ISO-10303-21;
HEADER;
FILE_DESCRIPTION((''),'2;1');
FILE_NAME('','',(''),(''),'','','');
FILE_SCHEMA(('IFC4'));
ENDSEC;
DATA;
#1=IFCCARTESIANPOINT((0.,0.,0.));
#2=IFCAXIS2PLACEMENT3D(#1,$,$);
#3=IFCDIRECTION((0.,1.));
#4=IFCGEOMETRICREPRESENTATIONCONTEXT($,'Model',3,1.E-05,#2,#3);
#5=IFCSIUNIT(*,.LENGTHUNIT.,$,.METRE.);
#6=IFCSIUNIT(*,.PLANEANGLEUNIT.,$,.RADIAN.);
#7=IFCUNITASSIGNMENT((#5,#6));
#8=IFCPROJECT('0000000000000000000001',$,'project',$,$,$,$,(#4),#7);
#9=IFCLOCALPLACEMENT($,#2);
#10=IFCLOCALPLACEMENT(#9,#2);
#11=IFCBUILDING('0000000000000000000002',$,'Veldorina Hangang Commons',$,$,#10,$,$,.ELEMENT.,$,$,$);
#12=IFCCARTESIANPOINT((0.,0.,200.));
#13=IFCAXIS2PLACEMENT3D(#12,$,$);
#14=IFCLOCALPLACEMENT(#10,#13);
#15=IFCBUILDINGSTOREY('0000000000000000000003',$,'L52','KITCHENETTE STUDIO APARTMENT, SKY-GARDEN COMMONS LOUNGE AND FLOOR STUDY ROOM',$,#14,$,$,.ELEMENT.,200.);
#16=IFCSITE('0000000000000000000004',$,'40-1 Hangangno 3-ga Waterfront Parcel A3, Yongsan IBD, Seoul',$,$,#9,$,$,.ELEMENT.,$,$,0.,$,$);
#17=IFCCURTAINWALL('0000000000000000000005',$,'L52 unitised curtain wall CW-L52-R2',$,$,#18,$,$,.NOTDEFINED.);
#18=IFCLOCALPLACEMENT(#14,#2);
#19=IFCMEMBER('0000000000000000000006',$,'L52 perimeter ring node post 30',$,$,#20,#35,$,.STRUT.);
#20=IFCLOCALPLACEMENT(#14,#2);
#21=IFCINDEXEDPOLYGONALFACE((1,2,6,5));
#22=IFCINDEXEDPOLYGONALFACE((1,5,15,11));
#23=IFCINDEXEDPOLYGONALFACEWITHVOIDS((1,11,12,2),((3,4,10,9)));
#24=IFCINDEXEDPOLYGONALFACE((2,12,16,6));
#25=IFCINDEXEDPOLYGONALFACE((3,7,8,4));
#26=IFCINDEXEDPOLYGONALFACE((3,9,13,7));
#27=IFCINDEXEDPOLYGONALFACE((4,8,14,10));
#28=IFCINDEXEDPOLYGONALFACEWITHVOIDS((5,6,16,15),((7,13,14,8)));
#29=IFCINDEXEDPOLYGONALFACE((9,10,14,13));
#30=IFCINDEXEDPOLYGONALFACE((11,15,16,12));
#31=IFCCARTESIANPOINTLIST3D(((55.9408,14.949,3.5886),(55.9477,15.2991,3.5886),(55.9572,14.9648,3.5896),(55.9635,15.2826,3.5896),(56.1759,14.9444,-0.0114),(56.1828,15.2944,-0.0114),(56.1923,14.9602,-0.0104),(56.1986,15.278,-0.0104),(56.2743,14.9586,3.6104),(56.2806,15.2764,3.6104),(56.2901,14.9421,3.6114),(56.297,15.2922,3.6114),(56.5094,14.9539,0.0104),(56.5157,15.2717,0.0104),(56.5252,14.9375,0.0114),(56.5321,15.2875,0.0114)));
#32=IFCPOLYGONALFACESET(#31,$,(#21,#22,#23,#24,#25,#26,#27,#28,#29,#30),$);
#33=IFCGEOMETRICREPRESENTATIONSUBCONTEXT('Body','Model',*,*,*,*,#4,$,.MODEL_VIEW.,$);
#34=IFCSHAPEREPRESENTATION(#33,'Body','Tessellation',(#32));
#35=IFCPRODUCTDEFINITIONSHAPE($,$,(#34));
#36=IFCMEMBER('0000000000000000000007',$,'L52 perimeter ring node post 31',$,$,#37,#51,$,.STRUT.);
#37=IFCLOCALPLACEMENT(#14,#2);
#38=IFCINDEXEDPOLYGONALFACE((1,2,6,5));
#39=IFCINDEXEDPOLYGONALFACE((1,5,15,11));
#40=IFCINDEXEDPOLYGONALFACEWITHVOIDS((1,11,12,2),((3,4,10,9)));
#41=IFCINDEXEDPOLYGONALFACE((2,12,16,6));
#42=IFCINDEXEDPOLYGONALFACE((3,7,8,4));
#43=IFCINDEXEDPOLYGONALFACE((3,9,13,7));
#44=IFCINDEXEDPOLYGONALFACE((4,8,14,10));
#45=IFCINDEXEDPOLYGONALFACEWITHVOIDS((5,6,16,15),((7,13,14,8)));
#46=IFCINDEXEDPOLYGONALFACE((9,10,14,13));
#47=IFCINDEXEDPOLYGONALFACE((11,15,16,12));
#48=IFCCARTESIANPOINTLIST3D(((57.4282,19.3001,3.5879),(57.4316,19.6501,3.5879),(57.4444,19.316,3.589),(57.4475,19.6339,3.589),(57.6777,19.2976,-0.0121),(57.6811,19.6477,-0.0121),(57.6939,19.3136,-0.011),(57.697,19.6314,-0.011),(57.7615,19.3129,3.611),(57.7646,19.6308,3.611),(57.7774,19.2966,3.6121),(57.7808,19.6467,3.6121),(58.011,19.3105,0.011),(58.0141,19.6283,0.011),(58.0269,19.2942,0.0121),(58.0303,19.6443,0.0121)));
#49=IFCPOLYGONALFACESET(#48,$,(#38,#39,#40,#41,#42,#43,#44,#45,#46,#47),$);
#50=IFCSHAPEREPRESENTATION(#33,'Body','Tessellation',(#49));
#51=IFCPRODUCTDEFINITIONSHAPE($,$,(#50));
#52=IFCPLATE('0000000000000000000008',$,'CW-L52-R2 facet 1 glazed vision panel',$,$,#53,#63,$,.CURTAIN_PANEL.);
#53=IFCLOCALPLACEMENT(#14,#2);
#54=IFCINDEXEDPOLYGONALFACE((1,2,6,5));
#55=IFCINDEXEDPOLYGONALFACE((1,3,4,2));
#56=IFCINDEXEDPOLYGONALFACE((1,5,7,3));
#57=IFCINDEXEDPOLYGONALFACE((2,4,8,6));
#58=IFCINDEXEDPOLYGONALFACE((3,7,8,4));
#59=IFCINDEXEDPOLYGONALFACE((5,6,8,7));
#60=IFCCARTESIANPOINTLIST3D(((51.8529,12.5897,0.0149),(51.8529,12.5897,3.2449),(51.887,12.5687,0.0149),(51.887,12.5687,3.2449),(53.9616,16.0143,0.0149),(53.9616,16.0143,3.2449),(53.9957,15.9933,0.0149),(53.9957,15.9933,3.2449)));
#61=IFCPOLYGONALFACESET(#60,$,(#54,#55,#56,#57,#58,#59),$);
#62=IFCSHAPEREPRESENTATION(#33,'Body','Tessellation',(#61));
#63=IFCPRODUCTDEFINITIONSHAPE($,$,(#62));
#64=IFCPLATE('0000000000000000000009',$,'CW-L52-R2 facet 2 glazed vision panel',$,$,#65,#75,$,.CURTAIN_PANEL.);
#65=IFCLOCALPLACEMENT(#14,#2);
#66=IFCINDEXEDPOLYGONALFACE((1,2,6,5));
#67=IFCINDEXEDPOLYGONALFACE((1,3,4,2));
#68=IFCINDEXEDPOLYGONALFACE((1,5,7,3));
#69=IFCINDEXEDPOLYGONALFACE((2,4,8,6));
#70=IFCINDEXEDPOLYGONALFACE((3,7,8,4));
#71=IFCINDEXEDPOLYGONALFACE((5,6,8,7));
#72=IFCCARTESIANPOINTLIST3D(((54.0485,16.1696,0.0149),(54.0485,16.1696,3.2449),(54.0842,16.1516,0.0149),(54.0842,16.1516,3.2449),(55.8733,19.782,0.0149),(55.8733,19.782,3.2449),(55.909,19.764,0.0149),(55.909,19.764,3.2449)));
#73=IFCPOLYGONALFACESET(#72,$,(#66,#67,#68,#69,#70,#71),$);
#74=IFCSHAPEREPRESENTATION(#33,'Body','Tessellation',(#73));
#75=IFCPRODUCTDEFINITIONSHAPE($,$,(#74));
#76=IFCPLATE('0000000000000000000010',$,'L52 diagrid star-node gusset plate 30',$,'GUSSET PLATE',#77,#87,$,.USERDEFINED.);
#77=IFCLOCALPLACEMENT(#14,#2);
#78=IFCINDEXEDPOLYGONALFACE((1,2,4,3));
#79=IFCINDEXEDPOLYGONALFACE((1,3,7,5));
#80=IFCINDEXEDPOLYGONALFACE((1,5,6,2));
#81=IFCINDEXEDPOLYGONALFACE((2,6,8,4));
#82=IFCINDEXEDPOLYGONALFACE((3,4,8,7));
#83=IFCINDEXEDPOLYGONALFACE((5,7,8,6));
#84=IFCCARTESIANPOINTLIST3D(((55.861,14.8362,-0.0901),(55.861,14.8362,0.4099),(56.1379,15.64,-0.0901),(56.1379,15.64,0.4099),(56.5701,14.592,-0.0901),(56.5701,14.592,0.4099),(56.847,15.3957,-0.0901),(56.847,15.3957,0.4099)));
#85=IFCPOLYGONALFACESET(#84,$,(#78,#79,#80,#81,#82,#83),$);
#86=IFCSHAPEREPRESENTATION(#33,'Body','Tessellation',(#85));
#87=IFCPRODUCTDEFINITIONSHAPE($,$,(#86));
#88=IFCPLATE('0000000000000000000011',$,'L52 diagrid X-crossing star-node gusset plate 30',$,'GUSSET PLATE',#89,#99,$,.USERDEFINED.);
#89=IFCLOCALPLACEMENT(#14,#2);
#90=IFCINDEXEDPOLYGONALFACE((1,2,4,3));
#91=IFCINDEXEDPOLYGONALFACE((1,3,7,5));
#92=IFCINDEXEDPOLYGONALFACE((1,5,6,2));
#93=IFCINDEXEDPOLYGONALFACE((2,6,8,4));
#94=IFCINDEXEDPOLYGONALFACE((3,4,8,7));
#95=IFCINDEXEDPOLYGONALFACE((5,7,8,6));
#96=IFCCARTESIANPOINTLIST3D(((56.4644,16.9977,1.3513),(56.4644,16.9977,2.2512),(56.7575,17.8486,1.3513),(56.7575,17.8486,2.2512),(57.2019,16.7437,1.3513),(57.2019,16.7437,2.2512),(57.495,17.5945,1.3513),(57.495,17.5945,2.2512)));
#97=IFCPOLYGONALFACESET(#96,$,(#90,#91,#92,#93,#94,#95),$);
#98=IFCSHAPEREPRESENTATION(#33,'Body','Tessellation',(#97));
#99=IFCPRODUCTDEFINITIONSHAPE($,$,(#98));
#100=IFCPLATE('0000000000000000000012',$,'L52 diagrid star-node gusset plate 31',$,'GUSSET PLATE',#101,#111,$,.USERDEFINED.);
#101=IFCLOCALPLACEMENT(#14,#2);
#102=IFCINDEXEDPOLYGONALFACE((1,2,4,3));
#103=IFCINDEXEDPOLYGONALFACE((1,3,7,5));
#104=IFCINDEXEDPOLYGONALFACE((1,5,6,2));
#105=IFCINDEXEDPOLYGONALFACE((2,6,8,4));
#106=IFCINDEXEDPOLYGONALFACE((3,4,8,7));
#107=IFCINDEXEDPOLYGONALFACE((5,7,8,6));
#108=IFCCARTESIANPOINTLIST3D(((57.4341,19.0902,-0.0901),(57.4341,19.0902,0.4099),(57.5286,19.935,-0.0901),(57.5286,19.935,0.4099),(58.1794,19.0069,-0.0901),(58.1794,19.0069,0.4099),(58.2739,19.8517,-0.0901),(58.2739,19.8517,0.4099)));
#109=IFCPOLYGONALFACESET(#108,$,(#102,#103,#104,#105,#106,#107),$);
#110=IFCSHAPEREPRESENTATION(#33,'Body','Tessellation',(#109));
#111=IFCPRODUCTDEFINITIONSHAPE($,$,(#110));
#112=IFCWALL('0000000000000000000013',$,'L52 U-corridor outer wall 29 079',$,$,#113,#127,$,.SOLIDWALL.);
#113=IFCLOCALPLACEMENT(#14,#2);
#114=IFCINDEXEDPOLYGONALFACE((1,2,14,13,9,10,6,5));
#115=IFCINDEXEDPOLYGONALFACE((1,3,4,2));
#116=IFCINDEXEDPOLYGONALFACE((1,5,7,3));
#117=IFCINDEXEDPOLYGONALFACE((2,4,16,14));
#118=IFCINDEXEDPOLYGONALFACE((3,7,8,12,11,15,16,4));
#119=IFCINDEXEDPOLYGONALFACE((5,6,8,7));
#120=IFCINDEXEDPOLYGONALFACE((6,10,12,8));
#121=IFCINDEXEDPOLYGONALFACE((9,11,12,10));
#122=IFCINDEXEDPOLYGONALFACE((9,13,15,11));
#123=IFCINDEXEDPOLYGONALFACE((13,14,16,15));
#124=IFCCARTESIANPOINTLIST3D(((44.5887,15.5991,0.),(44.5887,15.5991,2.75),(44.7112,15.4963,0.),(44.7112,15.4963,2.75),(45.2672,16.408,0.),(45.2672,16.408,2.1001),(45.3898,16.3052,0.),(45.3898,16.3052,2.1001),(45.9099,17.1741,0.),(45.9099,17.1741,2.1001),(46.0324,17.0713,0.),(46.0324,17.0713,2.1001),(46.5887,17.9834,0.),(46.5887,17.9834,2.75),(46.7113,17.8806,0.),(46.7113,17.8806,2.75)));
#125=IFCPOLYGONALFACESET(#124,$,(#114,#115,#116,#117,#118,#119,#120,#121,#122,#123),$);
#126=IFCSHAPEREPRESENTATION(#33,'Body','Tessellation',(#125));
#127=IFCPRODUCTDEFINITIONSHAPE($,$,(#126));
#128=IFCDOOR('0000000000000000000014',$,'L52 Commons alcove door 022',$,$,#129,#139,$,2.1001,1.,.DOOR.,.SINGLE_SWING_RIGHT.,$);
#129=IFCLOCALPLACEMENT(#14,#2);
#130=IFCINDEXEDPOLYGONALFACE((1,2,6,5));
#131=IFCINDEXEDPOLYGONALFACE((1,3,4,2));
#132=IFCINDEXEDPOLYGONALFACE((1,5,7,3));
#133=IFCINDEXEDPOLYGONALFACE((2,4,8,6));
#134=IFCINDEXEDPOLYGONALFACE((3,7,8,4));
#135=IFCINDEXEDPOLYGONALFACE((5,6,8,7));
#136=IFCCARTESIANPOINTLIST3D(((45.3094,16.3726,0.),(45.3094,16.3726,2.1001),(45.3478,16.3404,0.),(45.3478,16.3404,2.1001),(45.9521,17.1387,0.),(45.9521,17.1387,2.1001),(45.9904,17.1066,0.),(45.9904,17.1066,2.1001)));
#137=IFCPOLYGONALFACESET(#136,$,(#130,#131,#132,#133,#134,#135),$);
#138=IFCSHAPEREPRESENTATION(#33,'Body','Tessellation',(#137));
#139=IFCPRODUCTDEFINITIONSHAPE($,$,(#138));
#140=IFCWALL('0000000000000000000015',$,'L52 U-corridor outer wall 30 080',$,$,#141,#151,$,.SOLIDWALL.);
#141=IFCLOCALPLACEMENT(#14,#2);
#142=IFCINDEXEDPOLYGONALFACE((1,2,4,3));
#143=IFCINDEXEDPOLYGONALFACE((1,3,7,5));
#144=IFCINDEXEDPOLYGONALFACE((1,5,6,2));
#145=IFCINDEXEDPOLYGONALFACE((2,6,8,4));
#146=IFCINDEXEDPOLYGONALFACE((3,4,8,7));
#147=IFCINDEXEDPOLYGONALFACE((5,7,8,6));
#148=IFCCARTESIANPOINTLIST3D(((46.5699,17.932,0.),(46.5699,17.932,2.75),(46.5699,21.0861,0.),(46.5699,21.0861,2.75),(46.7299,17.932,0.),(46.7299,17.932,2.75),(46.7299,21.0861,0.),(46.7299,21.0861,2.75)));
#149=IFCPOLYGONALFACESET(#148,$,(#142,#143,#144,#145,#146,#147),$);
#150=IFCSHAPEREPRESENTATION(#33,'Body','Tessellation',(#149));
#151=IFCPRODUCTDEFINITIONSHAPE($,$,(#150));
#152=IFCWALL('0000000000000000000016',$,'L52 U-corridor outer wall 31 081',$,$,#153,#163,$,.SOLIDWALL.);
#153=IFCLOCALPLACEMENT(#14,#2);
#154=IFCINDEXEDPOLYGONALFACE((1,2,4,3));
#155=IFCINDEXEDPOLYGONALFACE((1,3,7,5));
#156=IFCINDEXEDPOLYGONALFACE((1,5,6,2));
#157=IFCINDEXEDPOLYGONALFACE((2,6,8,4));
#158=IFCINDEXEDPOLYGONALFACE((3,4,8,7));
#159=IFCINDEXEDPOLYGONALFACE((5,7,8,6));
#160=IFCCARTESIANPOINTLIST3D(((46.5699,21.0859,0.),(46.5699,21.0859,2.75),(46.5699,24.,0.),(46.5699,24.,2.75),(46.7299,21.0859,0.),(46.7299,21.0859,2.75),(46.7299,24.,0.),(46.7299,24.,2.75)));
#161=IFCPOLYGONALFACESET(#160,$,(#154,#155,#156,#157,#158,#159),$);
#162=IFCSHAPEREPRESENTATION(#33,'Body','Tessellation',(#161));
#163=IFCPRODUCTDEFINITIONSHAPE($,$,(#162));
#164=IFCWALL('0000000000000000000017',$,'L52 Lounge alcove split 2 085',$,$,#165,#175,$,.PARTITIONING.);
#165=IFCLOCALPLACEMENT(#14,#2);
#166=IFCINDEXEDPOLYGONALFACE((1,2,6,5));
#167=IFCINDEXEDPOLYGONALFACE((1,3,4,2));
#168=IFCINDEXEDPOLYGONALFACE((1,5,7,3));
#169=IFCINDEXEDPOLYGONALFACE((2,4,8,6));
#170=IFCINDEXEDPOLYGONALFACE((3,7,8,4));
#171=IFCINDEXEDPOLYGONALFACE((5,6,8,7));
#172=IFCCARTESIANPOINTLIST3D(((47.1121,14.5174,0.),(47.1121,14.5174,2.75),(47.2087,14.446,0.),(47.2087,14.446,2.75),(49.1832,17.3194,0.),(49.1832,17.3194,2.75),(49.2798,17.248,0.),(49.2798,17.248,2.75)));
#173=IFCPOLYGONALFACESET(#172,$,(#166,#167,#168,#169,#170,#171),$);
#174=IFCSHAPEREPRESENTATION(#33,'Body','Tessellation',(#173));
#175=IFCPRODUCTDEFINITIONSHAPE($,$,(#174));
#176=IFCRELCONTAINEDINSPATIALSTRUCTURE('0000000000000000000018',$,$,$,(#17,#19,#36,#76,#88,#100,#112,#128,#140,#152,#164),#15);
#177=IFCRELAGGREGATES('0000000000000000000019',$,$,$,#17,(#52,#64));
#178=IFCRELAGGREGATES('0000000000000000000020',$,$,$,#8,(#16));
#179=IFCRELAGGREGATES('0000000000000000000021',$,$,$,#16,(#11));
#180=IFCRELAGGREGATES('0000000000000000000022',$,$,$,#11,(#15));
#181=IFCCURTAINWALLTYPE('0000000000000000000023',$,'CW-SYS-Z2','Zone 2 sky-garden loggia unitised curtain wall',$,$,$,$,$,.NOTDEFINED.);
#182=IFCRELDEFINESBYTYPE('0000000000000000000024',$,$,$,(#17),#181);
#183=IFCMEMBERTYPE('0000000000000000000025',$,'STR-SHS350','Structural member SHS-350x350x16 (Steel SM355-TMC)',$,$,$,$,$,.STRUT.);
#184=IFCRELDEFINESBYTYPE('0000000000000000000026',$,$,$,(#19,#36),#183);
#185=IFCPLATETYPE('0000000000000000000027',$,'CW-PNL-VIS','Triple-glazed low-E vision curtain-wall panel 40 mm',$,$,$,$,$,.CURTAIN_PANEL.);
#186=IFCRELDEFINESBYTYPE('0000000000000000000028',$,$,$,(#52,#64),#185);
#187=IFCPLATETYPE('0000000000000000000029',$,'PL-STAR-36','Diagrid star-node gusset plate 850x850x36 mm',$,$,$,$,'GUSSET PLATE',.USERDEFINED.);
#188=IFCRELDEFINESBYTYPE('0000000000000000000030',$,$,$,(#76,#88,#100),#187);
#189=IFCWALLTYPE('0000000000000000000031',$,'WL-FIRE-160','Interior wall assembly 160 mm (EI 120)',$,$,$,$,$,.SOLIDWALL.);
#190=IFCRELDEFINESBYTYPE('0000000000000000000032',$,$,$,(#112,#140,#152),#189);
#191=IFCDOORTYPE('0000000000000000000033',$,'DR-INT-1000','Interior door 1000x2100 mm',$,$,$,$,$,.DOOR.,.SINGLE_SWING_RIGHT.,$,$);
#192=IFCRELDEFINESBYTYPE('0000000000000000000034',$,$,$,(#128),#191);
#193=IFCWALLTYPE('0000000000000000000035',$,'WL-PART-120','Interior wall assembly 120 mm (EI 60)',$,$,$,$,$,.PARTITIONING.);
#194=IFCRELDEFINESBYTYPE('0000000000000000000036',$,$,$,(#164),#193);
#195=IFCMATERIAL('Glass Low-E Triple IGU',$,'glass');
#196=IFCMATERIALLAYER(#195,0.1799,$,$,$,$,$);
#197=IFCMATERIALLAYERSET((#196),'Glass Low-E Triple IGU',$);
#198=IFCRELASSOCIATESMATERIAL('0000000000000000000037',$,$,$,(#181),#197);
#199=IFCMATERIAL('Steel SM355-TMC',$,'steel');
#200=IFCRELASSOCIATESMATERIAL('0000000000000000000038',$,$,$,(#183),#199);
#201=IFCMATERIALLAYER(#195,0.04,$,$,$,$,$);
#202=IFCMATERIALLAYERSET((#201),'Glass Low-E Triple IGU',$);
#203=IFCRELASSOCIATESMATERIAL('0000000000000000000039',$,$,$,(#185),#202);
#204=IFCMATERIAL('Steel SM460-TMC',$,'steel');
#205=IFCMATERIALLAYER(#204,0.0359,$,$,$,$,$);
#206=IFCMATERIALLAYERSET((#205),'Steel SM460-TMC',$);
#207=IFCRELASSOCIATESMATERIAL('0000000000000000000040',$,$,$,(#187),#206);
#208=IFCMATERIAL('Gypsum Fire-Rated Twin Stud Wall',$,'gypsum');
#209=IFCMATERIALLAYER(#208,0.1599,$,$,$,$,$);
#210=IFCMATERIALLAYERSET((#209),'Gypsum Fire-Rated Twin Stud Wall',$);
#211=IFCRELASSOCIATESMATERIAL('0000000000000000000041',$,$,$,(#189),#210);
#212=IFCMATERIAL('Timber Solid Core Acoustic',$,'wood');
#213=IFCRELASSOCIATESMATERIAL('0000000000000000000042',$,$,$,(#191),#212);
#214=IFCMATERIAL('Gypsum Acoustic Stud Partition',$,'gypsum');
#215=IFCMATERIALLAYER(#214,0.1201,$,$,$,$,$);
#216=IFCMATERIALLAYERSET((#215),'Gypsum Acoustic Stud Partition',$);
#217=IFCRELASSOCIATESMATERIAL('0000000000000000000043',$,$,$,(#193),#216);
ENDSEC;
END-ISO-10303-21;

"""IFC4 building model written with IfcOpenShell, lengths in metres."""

from ifc_helpers import new_model, si_unit, direction, frame, frame_2d, origin, origin_2d, place, context, subcontext, project, spatial, rectangle, hollow_rectangle, extrude, material, layer, layer_set, material_profile, profile_set, type_object, element, fill, aggregate, save


model = new_model("IFC4")

# Units and contexts
model_context = context("Model", 3, precision=1e-05, world=origin(), true_north=direction((0.0, 1.0)))
body_context = subcontext(model_context, "Body", "Model", "MODEL_VIEW")
ifc_project = project(units=[si_unit("LENGTHUNIT", "METRE"), si_unit("PLANEANGLEUNIT", "RADIAN")], contexts=[model_context])

# Site, building, storey
site_placement = place(None, origin())
site = spatial("IfcSite", under=ifc_project, at=site_placement, Name="40-1 Hangangno 3-ga Waterfront Parcel A3, Yongsan IBD, Seoul", CompositionType="ELEMENT", RefElevation=0.0)
building_placement = place(site_placement, origin())
building = spatial("IfcBuilding", under=site, at=building_placement, Name="Veldorina Hangang Commons", CompositionType="ELEMENT")
storey_placement = place(building_placement, frame((0.0, 0.0, 200.0)))
storey = spatial("IfcBuildingStorey", under=building, at=storey_placement, Name="L52", Description="KITCHENETTE STUDIO APARTMENT, SKY-GARDEN COMMONS LOUNGE AND FLOOR STUDY ROOM", CompositionType="ELEMENT", Elevation=200.0)

# Curtain wall
ifc_material_1 = material(Name="Glass Low-E Triple IGU", Category="glass")
ifc_layer_1 = layer(ifc_material_1, 0.1799)
ifc_layer_set_1 = layer_set([ifc_layer_1], Name="Glass Low-E Triple IGU")
curtain_wall_type = type_object("IfcCurtainWallType", Name="CW-SYS-Z2", Description="Zone 2 sky-garden loggia unitised curtain wall", PredefinedType="NOTDEFINED", material=ifc_layer_set_1)
curtain_wall_placement = place(storey_placement, origin())
curtain_wall = element("IfcCurtainWall", 1, at=curtain_wall_placement, inside=storey, type_object=curtain_wall_type, Name="L52 unitised curtain wall CW-L52-R2", PredefinedType="NOTDEFINED")

# Members
ifc_material_2 = material(Name="Steel SM355-TMC", Category="steel")
ifc_material_profile_1 = material_profile(ifc_material_2, hollow_rectangle(XDim=0.3501, YDim=0.3501, WallThickness=0.0161, at=origin_2d()), Name="SHS-350x350x16")
ifc_profile_set_1 = profile_set([ifc_material_profile_1], Name="Steel SM355-TMC")
member_type_1 = type_object("IfcMemberType", Name="STR-SHS350", Description="Structural member SHS-350x350x16 (Steel SM355-TMC)", PredefinedType="STRUT", material=ifc_profile_set_1)
member_1_placement = place(storey_placement, frame((56.354, 15.116, 0.0), z_axis=(-0.065167, 0.001286, 0.997874), x_axis=(-0.019726, -0.999805, 0.0)))
element("IfcMember", 2, at=member_1_placement, inside=storey, type_object=member_type_1, Name="L52 perimeter ring node post 30", PredefinedType="STRUT", context=body_context, shape_type="SweptSolid", body=[
    extrude(hollow_rectangle(XDim=0.3501, YDim=0.3501, WallThickness=0.0161, at=origin_2d()), origin(), (0.0, 0.0, 1.0), 3.6077),
])
member_2_placement = place(storey_placement, frame((57.854, 19.4709, 0.0), z_axis=(-0.069141, 0.000677, 0.997607), x_axis=(-0.009784, -0.999952, 0.0)))
element("IfcMember", 3, at=member_2_placement, inside=storey, type_object=member_type_1, Name="L52 perimeter ring node post 31", PredefinedType="STRUT", context=body_context, shape_type="SweptSolid", body=[
    extrude(hollow_rectangle(XDim=0.3501, YDim=0.3501, WallThickness=0.0161, at=origin_2d()), origin(), (0.0, 0.0, 1.0), 3.6086),
])

# Plates
ifc_layer_2 = layer(ifc_material_1, 0.04)
ifc_layer_set_2 = layer_set([ifc_layer_2], Name="Glass Low-E Triple IGU")
plate_type_1 = type_object("IfcPlateType", Name="CW-PNL-VIS", Description="Triple-glazed low-E vision curtain-wall panel 40 mm", PredefinedType="CURTAIN_PANEL", material=ifc_layer_set_2)
plate_1_placement = place(storey_placement, frame((52.9243, 14.2915, 0.0149), z_axis=(0.0, 0.0, 1.0), x_axis=(0.524313, 0.851526, 0.0)))
plate_1 = element("IfcPlate", 4, at=plate_1_placement, type_object=plate_type_1, Name="CW-L52-R2 facet 1 glazed vision panel", PredefinedType="CURTAIN_PANEL", context=body_context, shape_type="SweptSolid", body=[
    extrude(rectangle(XDim=4.0217, YDim=0.04, at=origin_2d()), origin(), (0.0, 0.0, 1.0), 3.23),
])
plate_2_placement = place(storey_placement, frame((54.9788, 17.9668, 0.0149), z_axis=(0.0, 0.0, 1.0), x_axis=(0.450893, 0.892578, 0.0)))
plate_2 = element("IfcPlate", 5, at=plate_2_placement, type_object=plate_type_1, Name="CW-L52-R2 facet 2 glazed vision panel", PredefinedType="CURTAIN_PANEL", context=body_context, shape_type="SweptSolid", body=[
    extrude(rectangle(XDim=4.0471, YDim=0.04, at=origin_2d()), origin(), (0.0, 0.0, 1.0), 3.23),
])
aggregate(curtain_wall, [plate_1, plate_2])

# Plates
ifc_material_3 = material(Name="Steel SM460-TMC", Category="steel")
ifc_layer_3 = layer(ifc_material_3, 0.0359)
ifc_layer_set_3 = layer_set([ifc_layer_3], Name="Steel SM460-TMC")
plate_type_2 = type_object("IfcPlateType", Name="PL-STAR-36", Description="Diagrid star-node gusset plate 850x850x36 mm", ElementType="GUSSET PLATE", PredefinedType="USERDEFINED", material=ifc_layer_set_3)
plate_3_placement = place(storey_placement, frame((56.354, 15.116, -0.0901), z_axis=(0.0, 0.0, 1.0), x_axis=(0.325684, 0.945479, 0.0)))
element("IfcPlate", 6, at=plate_3_placement, inside=storey, type_object=plate_type_2, Name="L52 diagrid star-node gusset plate 30", ObjectType="GUSSET PLATE", PredefinedType="USERDEFINED", context=body_context, shape_type="SweptSolid", body=[
    extrude(rectangle(XDim=0.8501, YDim=0.75, at=origin_2d()), origin(), (0.0, 0.0, 1.0), 0.5),
])
plate_4_placement = place(storey_placement, frame((56.9797, 17.2961, 1.3513), z_axis=(0.0, 0.0, 1.0), x_axis=(0.325684, 0.945479, 0.0)))
element("IfcPlate", 7, at=plate_4_placement, inside=storey, type_object=plate_type_2, Name="L52 diagrid X-crossing star-node gusset plate 30", ObjectType="GUSSET PLATE", PredefinedType="USERDEFINED", context=body_context, shape_type="SweptSolid", body=[
    extrude(rectangle(XDim=0.8999, YDim=0.78, at=origin_2d()), origin(), (0.0, 0.0, 1.0), 0.8999),
])
plate_5_placement = place(storey_placement, frame((57.854, 19.4709, -0.0901), z_axis=(0.0, 0.0, 1.0), x_axis=(0.111139, 0.993805, 0.0)))
element("IfcPlate", 8, at=plate_5_placement, inside=storey, type_object=plate_type_2, Name="L52 diagrid star-node gusset plate 31", ObjectType="GUSSET PLATE", PredefinedType="USERDEFINED", context=body_context, shape_type="SweptSolid", body=[
    extrude(rectangle(XDim=0.8501, YDim=0.75, at=origin_2d()), origin(), (0.0, 0.0, 1.0), 0.5),
])

# Wall, opening, door
ifc_material_4 = material(Name="Gypsum Fire-Rated Twin Stud Wall", Category="gypsum")
ifc_layer_4 = layer(ifc_material_4, 0.1599)
ifc_layer_set_4 = layer_set([ifc_layer_4], Name="Gypsum Fire-Rated Twin Stud Wall")
wall_type_1 = type_object("IfcWallType", Name="WL-FIRE-160", Description="Interior wall assembly 160 mm (EI 120)", PredefinedType="SOLIDWALL", material=ifc_layer_set_4)
wall_1_placement = place(storey_placement, frame((44.6499, 15.5476, 0.0), z_axis=(0.0, 0.0, 1.0), x_axis=(0.642666, 0.766147, 0.0)))
wall_1 = element("IfcWall", 9, at=wall_1_placement, inside=storey, type_object=wall_type_1, Name="L52 U-corridor outer wall 29 079", PredefinedType="SOLIDWALL", context=body_context, shape_type="SweptSolid", body=[
    extrude(rectangle(XDim=3.1121, YDim=0.1599, at=frame_2d((1.5562, 0.0))), origin(), (0.0, 0.0, 1.0), 2.75),
])
opening_1_placement = place(wall_1_placement, frame((1.0559, 0.0, 0.0)))
opening_1 = element("IfcOpeningElement", 10, at=opening_1_placement, cuts=wall_1, PredefinedType="OPENING", context=body_context, shape_type="SweptSolid", body=[
    extrude(rectangle(XDim=1.0, YDim=2.1001, at=frame_2d((0.5, 1.05))), frame((0.0, 0.0898, 0.0), z_axis=(0.0, -1.0, 0.0), x_axis=(1.0, 0.0, 0.0)), (0.0, 0.0, 1.0), 0.1799),
])
ifc_material_5 = material(Name="Timber Solid Core Acoustic", Category="wood")
door_type_1 = type_object("IfcDoorType", Name="DR-INT-1000", Description="Interior door 1000x2100 mm", OperationType="SINGLE_SWING_RIGHT", PredefinedType="DOOR", material=ifc_material_5)
door_1_placement = place(opening_1_placement, origin())
door_1 = element("IfcDoor", 11, at=door_1_placement, inside=storey, type_object=door_type_1, Name="L52 Commons alcove door 022", OperationType="SINGLE_SWING_RIGHT", OverallHeight=2.1001, OverallWidth=1.0, PredefinedType="DOOR", context=body_context, shape_type="SweptSolid", body=[
    extrude(rectangle(XDim=1.0, YDim=2.1001, at=frame_2d((0.5, 1.05))), frame((0.0, 0.0249, 0.0), z_axis=(0.0, -1.0, 0.0), x_axis=(1.0, 0.0, 0.0)), (0.0, 0.0, 1.0), 0.05),
])
fill(opening_1, door_1)

# Walls
wall_2_placement = place(storey_placement, frame((46.6499, 17.9319, 0.0), z_axis=(0.0, 0.0, 1.0), x_axis=(0.0, 1.0, 0.0)))
element("IfcWall", 12, at=wall_2_placement, inside=storey, type_object=wall_type_1, Name="L52 U-corridor outer wall 30 080", PredefinedType="SOLIDWALL", context=body_context, shape_type="SweptSolid", body=[
    extrude(rectangle(XDim=3.1541, YDim=0.1599, at=frame_2d((1.5771, 0.0))), origin(), (0.0, 0.0, 1.0), 2.75),
])
wall_3_placement = place(storey_placement, frame((46.6499, 21.0859, 0.0), z_axis=(0.0, 0.0, 1.0), x_axis=(0.0, 1.0, 0.0)))
element("IfcWall", 13, at=wall_3_placement, inside=storey, type_object=wall_type_1, Name="L52 U-corridor outer wall 31 081", PredefinedType="SOLIDWALL", context=body_context, shape_type="SweptSolid", body=[
    extrude(rectangle(XDim=2.9141, YDim=0.1599, at=frame_2d((1.457, 0.0))), origin(), (0.0, 0.0, 1.0), 2.75),
])
ifc_material_6 = material(Name="Gypsum Acoustic Stud Partition", Category="gypsum")
ifc_layer_5 = layer(ifc_material_6, 0.1201)
ifc_layer_set_5 = layer_set([ifc_layer_5], Name="Gypsum Acoustic Stud Partition")
wall_type_2 = type_object("IfcWallType", Name="WL-PART-120", Description="Interior wall assembly 120 mm (EI 60)", PredefinedType="PARTITIONING", material=ifc_layer_set_5)
wall_4_placement = place(storey_placement, frame((47.1604, 14.4817, 0.0), z_axis=(0.0, 0.0, 1.0), x_axis=(0.594391, 0.804176, 0.0)))
element("IfcWall", 14, at=wall_4_placement, inside=storey, type_object=wall_type_2, Name="L52 Lounge alcove split 2 085", PredefinedType="PARTITIONING", context=body_context, shape_type="SweptSolid", body=[
    extrude(rectangle(XDim=3.4844, YDim=0.1201, at=frame_2d((1.7422, 0.0))), origin(), (0.0, 0.0, 1.0), 2.75),
])

save(model, "model.ifc")
